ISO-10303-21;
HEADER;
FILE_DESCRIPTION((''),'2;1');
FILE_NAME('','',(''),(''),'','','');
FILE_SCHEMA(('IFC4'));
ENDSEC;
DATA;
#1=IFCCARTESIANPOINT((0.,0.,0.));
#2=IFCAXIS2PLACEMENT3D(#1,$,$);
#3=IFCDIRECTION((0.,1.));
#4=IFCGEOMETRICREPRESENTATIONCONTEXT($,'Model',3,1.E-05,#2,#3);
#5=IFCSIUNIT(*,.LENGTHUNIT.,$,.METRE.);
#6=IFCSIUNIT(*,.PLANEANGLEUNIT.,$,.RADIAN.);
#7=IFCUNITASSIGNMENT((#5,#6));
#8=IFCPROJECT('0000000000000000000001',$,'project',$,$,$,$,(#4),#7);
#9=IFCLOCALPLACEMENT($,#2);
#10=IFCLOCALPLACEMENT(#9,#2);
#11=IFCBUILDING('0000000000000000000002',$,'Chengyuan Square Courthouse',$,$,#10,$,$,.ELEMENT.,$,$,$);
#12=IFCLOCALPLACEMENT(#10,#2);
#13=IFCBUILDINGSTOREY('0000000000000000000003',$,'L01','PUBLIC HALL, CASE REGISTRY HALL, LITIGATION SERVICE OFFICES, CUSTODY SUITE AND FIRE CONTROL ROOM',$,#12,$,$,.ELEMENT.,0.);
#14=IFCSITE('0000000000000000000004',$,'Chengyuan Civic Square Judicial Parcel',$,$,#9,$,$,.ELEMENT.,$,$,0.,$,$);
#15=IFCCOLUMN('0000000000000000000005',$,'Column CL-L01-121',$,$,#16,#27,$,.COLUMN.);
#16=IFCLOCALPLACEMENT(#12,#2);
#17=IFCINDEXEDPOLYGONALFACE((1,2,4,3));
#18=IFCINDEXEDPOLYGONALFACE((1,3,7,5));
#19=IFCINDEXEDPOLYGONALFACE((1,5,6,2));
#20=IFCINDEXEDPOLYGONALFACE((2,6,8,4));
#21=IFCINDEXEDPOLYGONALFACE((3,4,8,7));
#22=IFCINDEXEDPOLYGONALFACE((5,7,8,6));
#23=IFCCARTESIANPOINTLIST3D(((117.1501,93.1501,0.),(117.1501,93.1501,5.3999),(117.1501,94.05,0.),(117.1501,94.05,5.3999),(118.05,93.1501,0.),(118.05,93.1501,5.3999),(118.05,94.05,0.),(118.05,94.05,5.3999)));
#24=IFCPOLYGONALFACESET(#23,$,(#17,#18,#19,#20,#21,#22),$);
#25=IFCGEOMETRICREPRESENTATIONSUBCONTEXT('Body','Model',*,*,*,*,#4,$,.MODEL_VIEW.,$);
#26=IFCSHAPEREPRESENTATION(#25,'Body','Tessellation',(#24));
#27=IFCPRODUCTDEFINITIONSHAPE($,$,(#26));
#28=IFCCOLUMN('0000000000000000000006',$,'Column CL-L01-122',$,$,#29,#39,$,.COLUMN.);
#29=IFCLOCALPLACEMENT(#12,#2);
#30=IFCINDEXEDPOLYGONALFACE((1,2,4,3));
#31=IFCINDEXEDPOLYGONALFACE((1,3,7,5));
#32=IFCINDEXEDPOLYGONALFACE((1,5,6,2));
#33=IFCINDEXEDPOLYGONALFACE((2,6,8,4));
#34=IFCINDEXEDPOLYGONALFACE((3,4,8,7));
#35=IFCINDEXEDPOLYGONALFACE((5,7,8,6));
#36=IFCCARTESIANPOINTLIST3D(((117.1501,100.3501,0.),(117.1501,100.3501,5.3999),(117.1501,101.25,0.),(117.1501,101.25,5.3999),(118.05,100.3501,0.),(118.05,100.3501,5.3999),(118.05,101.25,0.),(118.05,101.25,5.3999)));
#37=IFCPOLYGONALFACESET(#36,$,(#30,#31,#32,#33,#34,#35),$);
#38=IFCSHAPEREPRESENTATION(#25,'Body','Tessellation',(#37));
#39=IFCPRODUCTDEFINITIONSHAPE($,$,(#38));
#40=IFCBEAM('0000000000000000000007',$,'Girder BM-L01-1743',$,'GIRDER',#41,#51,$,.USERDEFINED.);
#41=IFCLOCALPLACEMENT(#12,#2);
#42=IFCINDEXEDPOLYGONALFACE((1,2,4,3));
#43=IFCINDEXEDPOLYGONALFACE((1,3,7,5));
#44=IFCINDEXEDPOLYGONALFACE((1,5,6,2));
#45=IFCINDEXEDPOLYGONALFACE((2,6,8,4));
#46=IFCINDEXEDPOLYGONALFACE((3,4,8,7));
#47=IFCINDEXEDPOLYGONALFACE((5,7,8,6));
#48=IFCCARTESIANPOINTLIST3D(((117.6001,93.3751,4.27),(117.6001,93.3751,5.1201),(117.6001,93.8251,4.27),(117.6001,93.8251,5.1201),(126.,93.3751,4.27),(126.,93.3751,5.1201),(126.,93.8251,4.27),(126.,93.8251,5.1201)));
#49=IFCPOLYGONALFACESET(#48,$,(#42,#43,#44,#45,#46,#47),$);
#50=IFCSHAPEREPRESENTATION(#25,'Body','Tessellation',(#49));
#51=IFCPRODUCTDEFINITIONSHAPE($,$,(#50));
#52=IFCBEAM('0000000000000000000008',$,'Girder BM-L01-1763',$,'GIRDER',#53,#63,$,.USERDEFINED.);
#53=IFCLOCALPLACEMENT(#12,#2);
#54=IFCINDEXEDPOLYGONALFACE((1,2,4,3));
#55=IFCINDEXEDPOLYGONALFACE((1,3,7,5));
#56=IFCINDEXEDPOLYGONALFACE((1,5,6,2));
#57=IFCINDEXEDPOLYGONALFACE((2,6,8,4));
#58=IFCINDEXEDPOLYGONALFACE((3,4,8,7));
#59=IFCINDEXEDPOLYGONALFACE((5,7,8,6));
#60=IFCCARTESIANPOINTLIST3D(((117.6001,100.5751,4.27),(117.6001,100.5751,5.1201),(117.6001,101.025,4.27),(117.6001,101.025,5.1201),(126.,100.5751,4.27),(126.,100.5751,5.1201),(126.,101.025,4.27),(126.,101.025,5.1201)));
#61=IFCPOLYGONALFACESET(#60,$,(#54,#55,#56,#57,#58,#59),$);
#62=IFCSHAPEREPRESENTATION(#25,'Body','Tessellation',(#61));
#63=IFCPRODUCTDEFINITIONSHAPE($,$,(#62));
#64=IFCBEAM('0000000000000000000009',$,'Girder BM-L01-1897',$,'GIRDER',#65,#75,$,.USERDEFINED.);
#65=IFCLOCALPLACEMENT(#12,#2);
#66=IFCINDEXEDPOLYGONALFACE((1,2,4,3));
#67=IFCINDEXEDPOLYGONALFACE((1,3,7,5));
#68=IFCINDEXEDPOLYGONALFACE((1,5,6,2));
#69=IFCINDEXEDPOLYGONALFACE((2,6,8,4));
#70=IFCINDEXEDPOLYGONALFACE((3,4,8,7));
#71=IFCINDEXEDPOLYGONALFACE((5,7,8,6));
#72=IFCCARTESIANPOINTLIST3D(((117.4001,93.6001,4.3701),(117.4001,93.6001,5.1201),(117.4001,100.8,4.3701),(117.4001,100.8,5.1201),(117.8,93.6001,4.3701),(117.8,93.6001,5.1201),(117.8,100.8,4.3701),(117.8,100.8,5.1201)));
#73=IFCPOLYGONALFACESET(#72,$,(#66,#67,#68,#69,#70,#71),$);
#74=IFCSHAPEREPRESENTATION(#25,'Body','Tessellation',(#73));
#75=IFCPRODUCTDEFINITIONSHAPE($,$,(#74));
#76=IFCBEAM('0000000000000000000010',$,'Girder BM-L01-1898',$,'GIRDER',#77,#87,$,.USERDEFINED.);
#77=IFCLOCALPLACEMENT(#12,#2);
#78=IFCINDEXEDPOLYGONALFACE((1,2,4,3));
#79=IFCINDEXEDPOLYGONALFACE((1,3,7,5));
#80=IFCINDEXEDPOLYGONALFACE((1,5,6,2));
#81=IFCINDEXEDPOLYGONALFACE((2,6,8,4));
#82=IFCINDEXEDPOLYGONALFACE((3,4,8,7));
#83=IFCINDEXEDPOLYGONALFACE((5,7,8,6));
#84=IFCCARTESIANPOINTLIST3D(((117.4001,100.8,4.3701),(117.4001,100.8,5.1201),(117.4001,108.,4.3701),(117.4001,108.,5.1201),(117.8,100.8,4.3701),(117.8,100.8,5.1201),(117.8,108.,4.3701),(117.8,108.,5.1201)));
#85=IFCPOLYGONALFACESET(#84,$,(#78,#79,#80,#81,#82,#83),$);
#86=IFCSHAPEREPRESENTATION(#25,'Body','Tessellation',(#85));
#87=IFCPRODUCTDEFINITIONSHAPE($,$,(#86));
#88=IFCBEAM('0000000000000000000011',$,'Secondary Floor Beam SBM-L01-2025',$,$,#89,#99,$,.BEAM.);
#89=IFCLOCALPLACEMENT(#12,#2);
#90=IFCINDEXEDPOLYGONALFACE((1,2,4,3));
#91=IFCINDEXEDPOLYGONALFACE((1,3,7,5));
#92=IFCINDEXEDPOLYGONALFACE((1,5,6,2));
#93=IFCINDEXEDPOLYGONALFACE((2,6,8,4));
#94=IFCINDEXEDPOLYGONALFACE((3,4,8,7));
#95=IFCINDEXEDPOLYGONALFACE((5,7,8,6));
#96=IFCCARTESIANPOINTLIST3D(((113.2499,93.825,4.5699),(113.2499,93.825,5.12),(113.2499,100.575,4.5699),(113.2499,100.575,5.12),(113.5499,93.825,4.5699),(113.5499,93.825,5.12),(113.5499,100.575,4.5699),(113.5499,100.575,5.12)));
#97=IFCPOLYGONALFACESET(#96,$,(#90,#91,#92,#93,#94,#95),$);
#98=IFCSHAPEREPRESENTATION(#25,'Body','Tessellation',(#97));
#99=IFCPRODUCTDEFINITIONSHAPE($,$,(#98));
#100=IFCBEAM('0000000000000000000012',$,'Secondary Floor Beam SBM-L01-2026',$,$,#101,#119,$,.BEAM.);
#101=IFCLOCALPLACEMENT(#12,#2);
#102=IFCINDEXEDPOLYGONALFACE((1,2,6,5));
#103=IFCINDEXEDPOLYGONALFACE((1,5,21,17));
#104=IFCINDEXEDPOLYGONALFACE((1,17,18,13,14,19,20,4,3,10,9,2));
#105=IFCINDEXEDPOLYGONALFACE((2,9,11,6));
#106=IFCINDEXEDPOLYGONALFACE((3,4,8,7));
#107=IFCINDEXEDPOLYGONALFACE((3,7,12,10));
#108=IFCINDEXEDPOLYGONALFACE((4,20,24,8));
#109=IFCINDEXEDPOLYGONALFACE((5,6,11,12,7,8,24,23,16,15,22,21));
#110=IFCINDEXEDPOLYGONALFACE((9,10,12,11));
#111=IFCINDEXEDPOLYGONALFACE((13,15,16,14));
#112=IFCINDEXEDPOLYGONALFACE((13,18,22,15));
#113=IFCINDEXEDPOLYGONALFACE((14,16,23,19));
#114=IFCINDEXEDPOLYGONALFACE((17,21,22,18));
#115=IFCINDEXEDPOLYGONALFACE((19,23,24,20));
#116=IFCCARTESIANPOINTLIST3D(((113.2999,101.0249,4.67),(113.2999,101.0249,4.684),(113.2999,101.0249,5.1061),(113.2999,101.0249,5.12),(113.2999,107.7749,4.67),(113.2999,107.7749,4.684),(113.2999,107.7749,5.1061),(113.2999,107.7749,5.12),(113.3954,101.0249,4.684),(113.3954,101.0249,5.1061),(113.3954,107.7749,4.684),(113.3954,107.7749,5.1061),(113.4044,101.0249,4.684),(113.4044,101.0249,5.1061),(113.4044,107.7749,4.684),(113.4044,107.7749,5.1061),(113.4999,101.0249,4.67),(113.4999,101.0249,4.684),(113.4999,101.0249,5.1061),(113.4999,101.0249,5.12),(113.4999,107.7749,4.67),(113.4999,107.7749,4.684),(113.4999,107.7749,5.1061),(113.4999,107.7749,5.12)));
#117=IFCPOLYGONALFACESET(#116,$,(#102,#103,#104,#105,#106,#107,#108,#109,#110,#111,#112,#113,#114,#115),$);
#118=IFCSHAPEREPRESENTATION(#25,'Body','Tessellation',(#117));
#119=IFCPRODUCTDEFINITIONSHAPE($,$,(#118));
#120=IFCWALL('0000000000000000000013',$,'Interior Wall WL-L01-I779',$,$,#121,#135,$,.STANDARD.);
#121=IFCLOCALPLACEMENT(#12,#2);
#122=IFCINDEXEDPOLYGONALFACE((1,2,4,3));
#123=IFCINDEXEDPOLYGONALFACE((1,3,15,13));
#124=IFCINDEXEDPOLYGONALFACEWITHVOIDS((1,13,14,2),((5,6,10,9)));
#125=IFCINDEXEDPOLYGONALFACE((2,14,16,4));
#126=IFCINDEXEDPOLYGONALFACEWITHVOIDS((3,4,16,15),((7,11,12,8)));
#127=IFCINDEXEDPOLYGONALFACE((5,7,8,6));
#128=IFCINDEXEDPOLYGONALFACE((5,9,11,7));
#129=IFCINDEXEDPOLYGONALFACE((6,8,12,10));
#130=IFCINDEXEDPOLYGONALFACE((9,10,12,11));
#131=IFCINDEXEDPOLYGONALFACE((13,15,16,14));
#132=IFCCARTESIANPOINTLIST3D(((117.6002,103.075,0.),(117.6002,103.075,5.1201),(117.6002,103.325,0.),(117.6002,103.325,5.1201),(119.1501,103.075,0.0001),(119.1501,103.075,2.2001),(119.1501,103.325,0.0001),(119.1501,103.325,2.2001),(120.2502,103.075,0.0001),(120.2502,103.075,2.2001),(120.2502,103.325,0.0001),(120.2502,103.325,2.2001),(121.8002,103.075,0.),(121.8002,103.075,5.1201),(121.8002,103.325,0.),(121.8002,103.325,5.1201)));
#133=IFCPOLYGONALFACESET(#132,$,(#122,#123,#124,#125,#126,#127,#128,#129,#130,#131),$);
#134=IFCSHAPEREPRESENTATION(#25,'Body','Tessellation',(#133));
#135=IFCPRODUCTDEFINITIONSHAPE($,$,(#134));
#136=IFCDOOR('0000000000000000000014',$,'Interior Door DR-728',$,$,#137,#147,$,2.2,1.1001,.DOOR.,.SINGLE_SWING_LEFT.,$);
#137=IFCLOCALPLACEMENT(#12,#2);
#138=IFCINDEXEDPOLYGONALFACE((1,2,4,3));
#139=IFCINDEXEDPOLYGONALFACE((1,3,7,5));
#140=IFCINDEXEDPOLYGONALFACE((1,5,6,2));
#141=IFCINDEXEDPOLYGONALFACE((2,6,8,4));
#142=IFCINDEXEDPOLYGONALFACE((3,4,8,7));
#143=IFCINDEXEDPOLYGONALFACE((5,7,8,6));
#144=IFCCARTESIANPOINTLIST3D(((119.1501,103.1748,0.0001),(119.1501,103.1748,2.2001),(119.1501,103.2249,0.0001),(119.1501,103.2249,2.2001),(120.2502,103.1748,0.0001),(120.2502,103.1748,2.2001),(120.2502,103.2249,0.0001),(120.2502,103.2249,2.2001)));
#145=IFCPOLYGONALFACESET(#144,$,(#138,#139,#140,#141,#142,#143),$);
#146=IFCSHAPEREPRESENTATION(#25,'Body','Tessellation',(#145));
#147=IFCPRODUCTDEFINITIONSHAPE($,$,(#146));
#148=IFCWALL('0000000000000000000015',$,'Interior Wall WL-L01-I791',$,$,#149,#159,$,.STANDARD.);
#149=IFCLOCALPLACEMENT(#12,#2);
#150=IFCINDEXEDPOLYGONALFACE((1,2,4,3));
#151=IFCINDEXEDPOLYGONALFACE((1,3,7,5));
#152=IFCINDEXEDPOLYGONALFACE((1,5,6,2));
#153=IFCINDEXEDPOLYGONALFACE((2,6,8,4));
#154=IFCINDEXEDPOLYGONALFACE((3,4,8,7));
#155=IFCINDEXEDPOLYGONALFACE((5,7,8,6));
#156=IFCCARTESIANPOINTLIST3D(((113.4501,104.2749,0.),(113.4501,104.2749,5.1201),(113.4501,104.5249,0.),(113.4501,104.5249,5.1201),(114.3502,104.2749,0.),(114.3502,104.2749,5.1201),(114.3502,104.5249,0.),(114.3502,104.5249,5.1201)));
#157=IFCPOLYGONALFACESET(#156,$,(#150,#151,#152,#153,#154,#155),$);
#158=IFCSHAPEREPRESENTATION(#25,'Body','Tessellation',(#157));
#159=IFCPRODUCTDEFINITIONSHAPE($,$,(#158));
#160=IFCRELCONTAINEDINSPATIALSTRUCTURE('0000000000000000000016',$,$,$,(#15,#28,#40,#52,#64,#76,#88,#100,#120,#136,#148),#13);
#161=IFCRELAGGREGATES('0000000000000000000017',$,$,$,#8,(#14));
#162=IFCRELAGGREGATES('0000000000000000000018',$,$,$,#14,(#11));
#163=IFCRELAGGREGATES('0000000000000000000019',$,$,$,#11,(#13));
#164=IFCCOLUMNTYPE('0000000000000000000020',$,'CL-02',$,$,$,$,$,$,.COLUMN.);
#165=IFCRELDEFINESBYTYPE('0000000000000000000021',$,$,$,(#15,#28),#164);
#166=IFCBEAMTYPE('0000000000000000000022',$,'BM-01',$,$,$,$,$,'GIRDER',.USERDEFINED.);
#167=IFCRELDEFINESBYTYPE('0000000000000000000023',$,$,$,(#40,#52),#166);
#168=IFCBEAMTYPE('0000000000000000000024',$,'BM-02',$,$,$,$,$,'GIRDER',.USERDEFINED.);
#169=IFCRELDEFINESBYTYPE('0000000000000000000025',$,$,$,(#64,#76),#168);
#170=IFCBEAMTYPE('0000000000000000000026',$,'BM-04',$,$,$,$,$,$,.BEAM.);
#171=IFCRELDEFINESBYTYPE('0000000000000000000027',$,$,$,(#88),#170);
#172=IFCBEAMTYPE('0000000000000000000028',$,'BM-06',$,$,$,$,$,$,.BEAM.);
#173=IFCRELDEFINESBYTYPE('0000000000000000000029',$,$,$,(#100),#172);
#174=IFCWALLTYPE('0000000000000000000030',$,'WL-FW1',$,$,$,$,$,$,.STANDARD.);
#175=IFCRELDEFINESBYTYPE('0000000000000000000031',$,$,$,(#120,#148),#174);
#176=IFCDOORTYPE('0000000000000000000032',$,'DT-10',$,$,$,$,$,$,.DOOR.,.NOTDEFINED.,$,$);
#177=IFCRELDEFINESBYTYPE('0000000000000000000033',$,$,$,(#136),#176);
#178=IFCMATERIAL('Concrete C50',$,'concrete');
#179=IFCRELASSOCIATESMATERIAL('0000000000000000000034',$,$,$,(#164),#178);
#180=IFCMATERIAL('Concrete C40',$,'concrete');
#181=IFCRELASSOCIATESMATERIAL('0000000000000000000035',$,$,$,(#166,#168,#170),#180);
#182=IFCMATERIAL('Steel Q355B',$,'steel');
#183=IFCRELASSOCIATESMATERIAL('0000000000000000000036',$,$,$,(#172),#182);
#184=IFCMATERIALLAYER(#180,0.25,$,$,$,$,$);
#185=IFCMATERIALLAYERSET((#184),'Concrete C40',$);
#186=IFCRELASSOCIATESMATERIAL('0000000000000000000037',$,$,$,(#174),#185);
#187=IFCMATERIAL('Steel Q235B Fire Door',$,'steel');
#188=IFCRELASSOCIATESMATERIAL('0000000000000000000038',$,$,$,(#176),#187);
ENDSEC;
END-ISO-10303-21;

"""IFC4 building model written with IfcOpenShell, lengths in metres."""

from ifc_helpers import new_model, si_unit, direction, frame, frame_2d, origin, origin_2d, place, context, subcontext, project, spatial, rectangle, i_section, extrude, material, layer, layer_set, material_profile, profile_set, type_object, element, fill, save


model = new_model("IFC4")

# Units and contexts
model_context = context("Model", 3, precision=1e-05, world=origin(), true_north=direction((0.0, 1.0)))
body_context = subcontext(model_context, "Body", "Model", "MODEL_VIEW")
ifc_project = project(units=[si_unit("LENGTHUNIT", "METRE"), si_unit("PLANEANGLEUNIT", "RADIAN")], contexts=[model_context])

# Site, building, storey
site_placement = place(None, origin())
site = spatial("IfcSite", under=ifc_project, at=site_placement, Name="Chengyuan Civic Square Judicial Parcel", CompositionType="ELEMENT", RefElevation=0.0)
building_placement = place(site_placement, origin())
building = spatial("IfcBuilding", under=site, at=building_placement, Name="Chengyuan Square Courthouse", CompositionType="ELEMENT")
storey_placement = place(building_placement, origin())
storey = spatial("IfcBuildingStorey", under=building, at=storey_placement, Name="L01", Description="PUBLIC HALL, CASE REGISTRY HALL, LITIGATION SERVICE OFFICES, CUSTODY SUITE AND FIRE CONTROL ROOM", CompositionType="ELEMENT", Elevation=0.0)

# Columns
ifc_material_1 = material(Name="Concrete C50", Category="concrete")
ifc_material_profile_1 = material_profile(ifc_material_1, rectangle(XDim=0.8999, YDim=0.8999, at=origin_2d()), Name="RC-COL-900x900")
ifc_profile_set_1 = profile_set([ifc_material_profile_1], Name="Concrete C50")
column_type = type_object("IfcColumnType", Name="CL-02", PredefinedType="COLUMN", material=ifc_profile_set_1)
for number, where, z_axis, x_axis, name in (
    (1, (117.6001, 93.6001, 0.0), (0.0, 0.0, 1.0), (1.0, 0.0, 0.0), "Column CL-L01-121"),
    (2, (117.6001, 100.8, 0.0), (0.0, 0.0, 1.0), (1.0, 0.0, 0.0), "Column CL-L01-122"),
):
    element("IfcColumn", number, at=place(storey_placement, frame(where, z_axis=z_axis, x_axis=x_axis)), inside=storey, type_object=column_type, Name=name, PredefinedType="COLUMN", context=body_context, shape_type="SweptSolid", body=[
        extrude(rectangle(XDim=0.8999, YDim=0.8999, at=origin_2d()), origin(), (0.0, 0.0, 1.0), 5.3999),
    ])

# Beams
ifc_material_2 = material(Name="Concrete C40", Category="concrete")
ifc_material_profile_2 = material_profile(ifc_material_2, rectangle(XDim=0.45, YDim=0.8501, at=origin_2d()), Name="RC-BM-450x850")
ifc_profile_set_2 = profile_set([ifc_material_profile_2], Name="Concrete C40")
beam_type_1 = type_object("IfcBeamType", Name="BM-01", ElementType="GIRDER", PredefinedType="USERDEFINED", material=ifc_profile_set_2)
for number, where, z_axis, x_axis, name in (
    (3, (117.6001, 93.6001, 4.6951), (1.0, 0.0, 0.0), (0.0, 1.0, 0.0), "Girder BM-L01-1743"),
    (4, (117.6001, 100.8, 4.6951), (1.0, 0.0, 0.0), (0.0, 1.0, 0.0), "Girder BM-L01-1763"),
):
    element("IfcBeam", number, at=place(storey_placement, frame(where, z_axis=z_axis, x_axis=x_axis)), inside=storey, type_object=beam_type_1, Name=name, ObjectType="GIRDER", PredefinedType="USERDEFINED", context=body_context, shape_type="SweptSolid", body=[
        extrude(rectangle(XDim=0.45, YDim=0.8501, at=origin_2d()), origin(), (0.0, 0.0, 1.0), 8.3999),
    ])
ifc_material_profile_3 = material_profile(ifc_material_2, rectangle(XDim=0.3999, YDim=0.75, at=origin_2d()), Name="RC-BM-400x750")
ifc_profile_set_3 = profile_set([ifc_material_profile_3], Name="Concrete C40")
beam_type_2 = type_object("IfcBeamType", Name="BM-02", ElementType="GIRDER", PredefinedType="USERDEFINED", material=ifc_profile_set_3)
for number, where, z_axis, x_axis, name in (
    (5, (117.6001, 93.6001, 4.7451), (0.0, 1.0, 0.0), (-1.0, 0.0, 0.0), "Girder BM-L01-1897"),
    (6, (117.6001, 100.8, 4.7451), (0.0, 1.0, 0.0), (-1.0, 0.0, 0.0), "Girder BM-L01-1898"),
):
    element("IfcBeam", number, at=place(storey_placement, frame(where, z_axis=z_axis, x_axis=x_axis)), inside=storey, type_object=beam_type_2, Name=name, ObjectType="GIRDER", PredefinedType="USERDEFINED", context=body_context, shape_type="SweptSolid", body=[
        extrude(rectangle(XDim=0.3999, YDim=0.75, at=origin_2d()), origin(), (0.0, 0.0, 1.0), 7.2),
    ])
ifc_material_profile_4 = material_profile(ifc_material_2, rectangle(XDim=0.3, YDim=0.55, at=origin_2d()), Name="RC-BM-300x550")
ifc_profile_set_4 = profile_set([ifc_material_profile_4], Name="Concrete C40")
beam_type_3 = type_object("IfcBeamType", Name="BM-04", PredefinedType="BEAM", material=ifc_profile_set_4)
beam_1_placement = place(storey_placement, frame((113.3999, 93.825, 4.845), z_axis=(0.0, 1.0, 0.0), x_axis=(-1.0, 0.0, 0.0)))
element("IfcBeam", 7, at=beam_1_placement, inside=storey, type_object=beam_type_3, Name="Secondary Floor Beam SBM-L01-2025", PredefinedType="BEAM", context=body_context, shape_type="SweptSolid", body=[
    extrude(rectangle(XDim=0.3, YDim=0.55, at=origin_2d()), origin(), (0.0, 0.0, 1.0), 6.75),
])
ifc_material_3 = material(Name="Steel Q355B", Category="steel")
ifc_material_profile_5 = material_profile(ifc_material_3, i_section(OverallWidth=0.2, OverallDepth=0.45, WebThickness=0.009, FlangeThickness=0.0139, at=origin_2d()), Name="HN 450x200x9x14")
ifc_profile_set_5 = profile_set([ifc_material_profile_5], Name="Steel Q355B")
beam_type_4 = type_object("IfcBeamType", Name="BM-06", PredefinedType="BEAM", material=ifc_profile_set_5)
beam_2_placement = place(storey_placement, frame((113.3999, 101.0249, 4.895), z_axis=(0.0, 1.0, 0.0), x_axis=(-1.0, 0.0, 0.0)))
element("IfcBeam", 8, at=beam_2_placement, inside=storey, type_object=beam_type_4, Name="Secondary Floor Beam SBM-L01-2026", PredefinedType="BEAM", context=body_context, shape_type="SweptSolid", body=[
    extrude(i_section(OverallWidth=0.2, OverallDepth=0.45, WebThickness=0.009, FlangeThickness=0.0139, at=origin_2d()), origin(), (0.0, 0.0, 1.0), 6.75),
])

# Shared definitions
ifc_layer_1 = layer(ifc_material_2, 0.25)
ifc_layer_set_1 = layer_set([ifc_layer_1], Name="Concrete C40")
wall_type_1 = type_object("IfcWallType", Name="WL-FW1", PredefinedType="STANDARD", material=ifc_layer_set_1)
ifc_material_4 = material(Name="Steel Q235B Fire Door", Category="steel")
door_type_1 = type_object("IfcDoorType", Name="DT-10", OperationType="NOTDEFINED", PredefinedType="DOOR", material=ifc_material_4)

# Wall, opening, door
wall_1_placement = place(storey_placement, frame((117.6001, 103.2, 0.0), z_axis=(0.0, 0.0, 1.0), x_axis=(1.0, 0.0, 0.0)))
wall_1 = element("IfcWall", 9, at=wall_1_placement, inside=storey, type_object=wall_type_1, Name="Interior Wall WL-L01-I779", PredefinedType="STANDARD", context=body_context, shape_type="SweptSolid", body=[
    extrude(rectangle(XDim=4.2, YDim=0.25, at=frame_2d((2.1001, 0.0))), origin(), (0.0, 0.0, 1.0), 5.1201),
])
opening_1_placement = place(wall_1_placement, frame((1.55, 0.0, 0.0)))
opening_1 = element("IfcOpeningElement", 10, at=opening_1_placement, cuts=wall_1, PredefinedType="OPENING", context=body_context, shape_type="SweptSolid", body=[
    extrude(rectangle(XDim=1.1001, YDim=2.2, at=frame_2d((0.55, 1.1001))), frame((0.0, 0.137, 0.0), z_axis=(0.0, -1.0, 0.0), x_axis=(1.0, 0.0, 0.0)), (0.0, 0.0, 1.0), 0.2739),
])
door_1_placement = place(opening_1_placement, origin())
door_1 = element("IfcDoor", 11, at=door_1_placement, inside=storey, type_object=door_type_1, Name="Interior Door DR-728", OperationType="SINGLE_SWING_LEFT", OverallHeight=2.2, OverallWidth=1.1001, PredefinedType="DOOR", context=body_context, shape_type="SweptSolid", body=[
    extrude(rectangle(XDim=1.1001, YDim=2.2, at=frame_2d((0.55, 1.1001))), frame((0.0, 0.0249, 0.0), z_axis=(0.0, -1.0, 0.0), x_axis=(1.0, 0.0, 0.0)), (0.0, 0.0, 1.0), 0.05),
])
fill(opening_1, door_1)

# Wall
wall_2_placement = place(storey_placement, frame((113.45, 104.3999, 0.0), z_axis=(0.0, 0.0, 1.0), x_axis=(1.0, 0.0, 0.0)))
element("IfcWall", 12, at=wall_2_placement, inside=storey, type_object=wall_type_1, Name="Interior Wall WL-L01-I791", PredefinedType="STANDARD", context=body_context, shape_type="SweptSolid", body=[
    extrude(rectangle(XDim=0.9001, YDim=0.25, at=frame_2d((0.4502, 0.0))), origin(), (0.0, 0.0, 1.0), 5.1201),
])

save(model, "model.ifc")
